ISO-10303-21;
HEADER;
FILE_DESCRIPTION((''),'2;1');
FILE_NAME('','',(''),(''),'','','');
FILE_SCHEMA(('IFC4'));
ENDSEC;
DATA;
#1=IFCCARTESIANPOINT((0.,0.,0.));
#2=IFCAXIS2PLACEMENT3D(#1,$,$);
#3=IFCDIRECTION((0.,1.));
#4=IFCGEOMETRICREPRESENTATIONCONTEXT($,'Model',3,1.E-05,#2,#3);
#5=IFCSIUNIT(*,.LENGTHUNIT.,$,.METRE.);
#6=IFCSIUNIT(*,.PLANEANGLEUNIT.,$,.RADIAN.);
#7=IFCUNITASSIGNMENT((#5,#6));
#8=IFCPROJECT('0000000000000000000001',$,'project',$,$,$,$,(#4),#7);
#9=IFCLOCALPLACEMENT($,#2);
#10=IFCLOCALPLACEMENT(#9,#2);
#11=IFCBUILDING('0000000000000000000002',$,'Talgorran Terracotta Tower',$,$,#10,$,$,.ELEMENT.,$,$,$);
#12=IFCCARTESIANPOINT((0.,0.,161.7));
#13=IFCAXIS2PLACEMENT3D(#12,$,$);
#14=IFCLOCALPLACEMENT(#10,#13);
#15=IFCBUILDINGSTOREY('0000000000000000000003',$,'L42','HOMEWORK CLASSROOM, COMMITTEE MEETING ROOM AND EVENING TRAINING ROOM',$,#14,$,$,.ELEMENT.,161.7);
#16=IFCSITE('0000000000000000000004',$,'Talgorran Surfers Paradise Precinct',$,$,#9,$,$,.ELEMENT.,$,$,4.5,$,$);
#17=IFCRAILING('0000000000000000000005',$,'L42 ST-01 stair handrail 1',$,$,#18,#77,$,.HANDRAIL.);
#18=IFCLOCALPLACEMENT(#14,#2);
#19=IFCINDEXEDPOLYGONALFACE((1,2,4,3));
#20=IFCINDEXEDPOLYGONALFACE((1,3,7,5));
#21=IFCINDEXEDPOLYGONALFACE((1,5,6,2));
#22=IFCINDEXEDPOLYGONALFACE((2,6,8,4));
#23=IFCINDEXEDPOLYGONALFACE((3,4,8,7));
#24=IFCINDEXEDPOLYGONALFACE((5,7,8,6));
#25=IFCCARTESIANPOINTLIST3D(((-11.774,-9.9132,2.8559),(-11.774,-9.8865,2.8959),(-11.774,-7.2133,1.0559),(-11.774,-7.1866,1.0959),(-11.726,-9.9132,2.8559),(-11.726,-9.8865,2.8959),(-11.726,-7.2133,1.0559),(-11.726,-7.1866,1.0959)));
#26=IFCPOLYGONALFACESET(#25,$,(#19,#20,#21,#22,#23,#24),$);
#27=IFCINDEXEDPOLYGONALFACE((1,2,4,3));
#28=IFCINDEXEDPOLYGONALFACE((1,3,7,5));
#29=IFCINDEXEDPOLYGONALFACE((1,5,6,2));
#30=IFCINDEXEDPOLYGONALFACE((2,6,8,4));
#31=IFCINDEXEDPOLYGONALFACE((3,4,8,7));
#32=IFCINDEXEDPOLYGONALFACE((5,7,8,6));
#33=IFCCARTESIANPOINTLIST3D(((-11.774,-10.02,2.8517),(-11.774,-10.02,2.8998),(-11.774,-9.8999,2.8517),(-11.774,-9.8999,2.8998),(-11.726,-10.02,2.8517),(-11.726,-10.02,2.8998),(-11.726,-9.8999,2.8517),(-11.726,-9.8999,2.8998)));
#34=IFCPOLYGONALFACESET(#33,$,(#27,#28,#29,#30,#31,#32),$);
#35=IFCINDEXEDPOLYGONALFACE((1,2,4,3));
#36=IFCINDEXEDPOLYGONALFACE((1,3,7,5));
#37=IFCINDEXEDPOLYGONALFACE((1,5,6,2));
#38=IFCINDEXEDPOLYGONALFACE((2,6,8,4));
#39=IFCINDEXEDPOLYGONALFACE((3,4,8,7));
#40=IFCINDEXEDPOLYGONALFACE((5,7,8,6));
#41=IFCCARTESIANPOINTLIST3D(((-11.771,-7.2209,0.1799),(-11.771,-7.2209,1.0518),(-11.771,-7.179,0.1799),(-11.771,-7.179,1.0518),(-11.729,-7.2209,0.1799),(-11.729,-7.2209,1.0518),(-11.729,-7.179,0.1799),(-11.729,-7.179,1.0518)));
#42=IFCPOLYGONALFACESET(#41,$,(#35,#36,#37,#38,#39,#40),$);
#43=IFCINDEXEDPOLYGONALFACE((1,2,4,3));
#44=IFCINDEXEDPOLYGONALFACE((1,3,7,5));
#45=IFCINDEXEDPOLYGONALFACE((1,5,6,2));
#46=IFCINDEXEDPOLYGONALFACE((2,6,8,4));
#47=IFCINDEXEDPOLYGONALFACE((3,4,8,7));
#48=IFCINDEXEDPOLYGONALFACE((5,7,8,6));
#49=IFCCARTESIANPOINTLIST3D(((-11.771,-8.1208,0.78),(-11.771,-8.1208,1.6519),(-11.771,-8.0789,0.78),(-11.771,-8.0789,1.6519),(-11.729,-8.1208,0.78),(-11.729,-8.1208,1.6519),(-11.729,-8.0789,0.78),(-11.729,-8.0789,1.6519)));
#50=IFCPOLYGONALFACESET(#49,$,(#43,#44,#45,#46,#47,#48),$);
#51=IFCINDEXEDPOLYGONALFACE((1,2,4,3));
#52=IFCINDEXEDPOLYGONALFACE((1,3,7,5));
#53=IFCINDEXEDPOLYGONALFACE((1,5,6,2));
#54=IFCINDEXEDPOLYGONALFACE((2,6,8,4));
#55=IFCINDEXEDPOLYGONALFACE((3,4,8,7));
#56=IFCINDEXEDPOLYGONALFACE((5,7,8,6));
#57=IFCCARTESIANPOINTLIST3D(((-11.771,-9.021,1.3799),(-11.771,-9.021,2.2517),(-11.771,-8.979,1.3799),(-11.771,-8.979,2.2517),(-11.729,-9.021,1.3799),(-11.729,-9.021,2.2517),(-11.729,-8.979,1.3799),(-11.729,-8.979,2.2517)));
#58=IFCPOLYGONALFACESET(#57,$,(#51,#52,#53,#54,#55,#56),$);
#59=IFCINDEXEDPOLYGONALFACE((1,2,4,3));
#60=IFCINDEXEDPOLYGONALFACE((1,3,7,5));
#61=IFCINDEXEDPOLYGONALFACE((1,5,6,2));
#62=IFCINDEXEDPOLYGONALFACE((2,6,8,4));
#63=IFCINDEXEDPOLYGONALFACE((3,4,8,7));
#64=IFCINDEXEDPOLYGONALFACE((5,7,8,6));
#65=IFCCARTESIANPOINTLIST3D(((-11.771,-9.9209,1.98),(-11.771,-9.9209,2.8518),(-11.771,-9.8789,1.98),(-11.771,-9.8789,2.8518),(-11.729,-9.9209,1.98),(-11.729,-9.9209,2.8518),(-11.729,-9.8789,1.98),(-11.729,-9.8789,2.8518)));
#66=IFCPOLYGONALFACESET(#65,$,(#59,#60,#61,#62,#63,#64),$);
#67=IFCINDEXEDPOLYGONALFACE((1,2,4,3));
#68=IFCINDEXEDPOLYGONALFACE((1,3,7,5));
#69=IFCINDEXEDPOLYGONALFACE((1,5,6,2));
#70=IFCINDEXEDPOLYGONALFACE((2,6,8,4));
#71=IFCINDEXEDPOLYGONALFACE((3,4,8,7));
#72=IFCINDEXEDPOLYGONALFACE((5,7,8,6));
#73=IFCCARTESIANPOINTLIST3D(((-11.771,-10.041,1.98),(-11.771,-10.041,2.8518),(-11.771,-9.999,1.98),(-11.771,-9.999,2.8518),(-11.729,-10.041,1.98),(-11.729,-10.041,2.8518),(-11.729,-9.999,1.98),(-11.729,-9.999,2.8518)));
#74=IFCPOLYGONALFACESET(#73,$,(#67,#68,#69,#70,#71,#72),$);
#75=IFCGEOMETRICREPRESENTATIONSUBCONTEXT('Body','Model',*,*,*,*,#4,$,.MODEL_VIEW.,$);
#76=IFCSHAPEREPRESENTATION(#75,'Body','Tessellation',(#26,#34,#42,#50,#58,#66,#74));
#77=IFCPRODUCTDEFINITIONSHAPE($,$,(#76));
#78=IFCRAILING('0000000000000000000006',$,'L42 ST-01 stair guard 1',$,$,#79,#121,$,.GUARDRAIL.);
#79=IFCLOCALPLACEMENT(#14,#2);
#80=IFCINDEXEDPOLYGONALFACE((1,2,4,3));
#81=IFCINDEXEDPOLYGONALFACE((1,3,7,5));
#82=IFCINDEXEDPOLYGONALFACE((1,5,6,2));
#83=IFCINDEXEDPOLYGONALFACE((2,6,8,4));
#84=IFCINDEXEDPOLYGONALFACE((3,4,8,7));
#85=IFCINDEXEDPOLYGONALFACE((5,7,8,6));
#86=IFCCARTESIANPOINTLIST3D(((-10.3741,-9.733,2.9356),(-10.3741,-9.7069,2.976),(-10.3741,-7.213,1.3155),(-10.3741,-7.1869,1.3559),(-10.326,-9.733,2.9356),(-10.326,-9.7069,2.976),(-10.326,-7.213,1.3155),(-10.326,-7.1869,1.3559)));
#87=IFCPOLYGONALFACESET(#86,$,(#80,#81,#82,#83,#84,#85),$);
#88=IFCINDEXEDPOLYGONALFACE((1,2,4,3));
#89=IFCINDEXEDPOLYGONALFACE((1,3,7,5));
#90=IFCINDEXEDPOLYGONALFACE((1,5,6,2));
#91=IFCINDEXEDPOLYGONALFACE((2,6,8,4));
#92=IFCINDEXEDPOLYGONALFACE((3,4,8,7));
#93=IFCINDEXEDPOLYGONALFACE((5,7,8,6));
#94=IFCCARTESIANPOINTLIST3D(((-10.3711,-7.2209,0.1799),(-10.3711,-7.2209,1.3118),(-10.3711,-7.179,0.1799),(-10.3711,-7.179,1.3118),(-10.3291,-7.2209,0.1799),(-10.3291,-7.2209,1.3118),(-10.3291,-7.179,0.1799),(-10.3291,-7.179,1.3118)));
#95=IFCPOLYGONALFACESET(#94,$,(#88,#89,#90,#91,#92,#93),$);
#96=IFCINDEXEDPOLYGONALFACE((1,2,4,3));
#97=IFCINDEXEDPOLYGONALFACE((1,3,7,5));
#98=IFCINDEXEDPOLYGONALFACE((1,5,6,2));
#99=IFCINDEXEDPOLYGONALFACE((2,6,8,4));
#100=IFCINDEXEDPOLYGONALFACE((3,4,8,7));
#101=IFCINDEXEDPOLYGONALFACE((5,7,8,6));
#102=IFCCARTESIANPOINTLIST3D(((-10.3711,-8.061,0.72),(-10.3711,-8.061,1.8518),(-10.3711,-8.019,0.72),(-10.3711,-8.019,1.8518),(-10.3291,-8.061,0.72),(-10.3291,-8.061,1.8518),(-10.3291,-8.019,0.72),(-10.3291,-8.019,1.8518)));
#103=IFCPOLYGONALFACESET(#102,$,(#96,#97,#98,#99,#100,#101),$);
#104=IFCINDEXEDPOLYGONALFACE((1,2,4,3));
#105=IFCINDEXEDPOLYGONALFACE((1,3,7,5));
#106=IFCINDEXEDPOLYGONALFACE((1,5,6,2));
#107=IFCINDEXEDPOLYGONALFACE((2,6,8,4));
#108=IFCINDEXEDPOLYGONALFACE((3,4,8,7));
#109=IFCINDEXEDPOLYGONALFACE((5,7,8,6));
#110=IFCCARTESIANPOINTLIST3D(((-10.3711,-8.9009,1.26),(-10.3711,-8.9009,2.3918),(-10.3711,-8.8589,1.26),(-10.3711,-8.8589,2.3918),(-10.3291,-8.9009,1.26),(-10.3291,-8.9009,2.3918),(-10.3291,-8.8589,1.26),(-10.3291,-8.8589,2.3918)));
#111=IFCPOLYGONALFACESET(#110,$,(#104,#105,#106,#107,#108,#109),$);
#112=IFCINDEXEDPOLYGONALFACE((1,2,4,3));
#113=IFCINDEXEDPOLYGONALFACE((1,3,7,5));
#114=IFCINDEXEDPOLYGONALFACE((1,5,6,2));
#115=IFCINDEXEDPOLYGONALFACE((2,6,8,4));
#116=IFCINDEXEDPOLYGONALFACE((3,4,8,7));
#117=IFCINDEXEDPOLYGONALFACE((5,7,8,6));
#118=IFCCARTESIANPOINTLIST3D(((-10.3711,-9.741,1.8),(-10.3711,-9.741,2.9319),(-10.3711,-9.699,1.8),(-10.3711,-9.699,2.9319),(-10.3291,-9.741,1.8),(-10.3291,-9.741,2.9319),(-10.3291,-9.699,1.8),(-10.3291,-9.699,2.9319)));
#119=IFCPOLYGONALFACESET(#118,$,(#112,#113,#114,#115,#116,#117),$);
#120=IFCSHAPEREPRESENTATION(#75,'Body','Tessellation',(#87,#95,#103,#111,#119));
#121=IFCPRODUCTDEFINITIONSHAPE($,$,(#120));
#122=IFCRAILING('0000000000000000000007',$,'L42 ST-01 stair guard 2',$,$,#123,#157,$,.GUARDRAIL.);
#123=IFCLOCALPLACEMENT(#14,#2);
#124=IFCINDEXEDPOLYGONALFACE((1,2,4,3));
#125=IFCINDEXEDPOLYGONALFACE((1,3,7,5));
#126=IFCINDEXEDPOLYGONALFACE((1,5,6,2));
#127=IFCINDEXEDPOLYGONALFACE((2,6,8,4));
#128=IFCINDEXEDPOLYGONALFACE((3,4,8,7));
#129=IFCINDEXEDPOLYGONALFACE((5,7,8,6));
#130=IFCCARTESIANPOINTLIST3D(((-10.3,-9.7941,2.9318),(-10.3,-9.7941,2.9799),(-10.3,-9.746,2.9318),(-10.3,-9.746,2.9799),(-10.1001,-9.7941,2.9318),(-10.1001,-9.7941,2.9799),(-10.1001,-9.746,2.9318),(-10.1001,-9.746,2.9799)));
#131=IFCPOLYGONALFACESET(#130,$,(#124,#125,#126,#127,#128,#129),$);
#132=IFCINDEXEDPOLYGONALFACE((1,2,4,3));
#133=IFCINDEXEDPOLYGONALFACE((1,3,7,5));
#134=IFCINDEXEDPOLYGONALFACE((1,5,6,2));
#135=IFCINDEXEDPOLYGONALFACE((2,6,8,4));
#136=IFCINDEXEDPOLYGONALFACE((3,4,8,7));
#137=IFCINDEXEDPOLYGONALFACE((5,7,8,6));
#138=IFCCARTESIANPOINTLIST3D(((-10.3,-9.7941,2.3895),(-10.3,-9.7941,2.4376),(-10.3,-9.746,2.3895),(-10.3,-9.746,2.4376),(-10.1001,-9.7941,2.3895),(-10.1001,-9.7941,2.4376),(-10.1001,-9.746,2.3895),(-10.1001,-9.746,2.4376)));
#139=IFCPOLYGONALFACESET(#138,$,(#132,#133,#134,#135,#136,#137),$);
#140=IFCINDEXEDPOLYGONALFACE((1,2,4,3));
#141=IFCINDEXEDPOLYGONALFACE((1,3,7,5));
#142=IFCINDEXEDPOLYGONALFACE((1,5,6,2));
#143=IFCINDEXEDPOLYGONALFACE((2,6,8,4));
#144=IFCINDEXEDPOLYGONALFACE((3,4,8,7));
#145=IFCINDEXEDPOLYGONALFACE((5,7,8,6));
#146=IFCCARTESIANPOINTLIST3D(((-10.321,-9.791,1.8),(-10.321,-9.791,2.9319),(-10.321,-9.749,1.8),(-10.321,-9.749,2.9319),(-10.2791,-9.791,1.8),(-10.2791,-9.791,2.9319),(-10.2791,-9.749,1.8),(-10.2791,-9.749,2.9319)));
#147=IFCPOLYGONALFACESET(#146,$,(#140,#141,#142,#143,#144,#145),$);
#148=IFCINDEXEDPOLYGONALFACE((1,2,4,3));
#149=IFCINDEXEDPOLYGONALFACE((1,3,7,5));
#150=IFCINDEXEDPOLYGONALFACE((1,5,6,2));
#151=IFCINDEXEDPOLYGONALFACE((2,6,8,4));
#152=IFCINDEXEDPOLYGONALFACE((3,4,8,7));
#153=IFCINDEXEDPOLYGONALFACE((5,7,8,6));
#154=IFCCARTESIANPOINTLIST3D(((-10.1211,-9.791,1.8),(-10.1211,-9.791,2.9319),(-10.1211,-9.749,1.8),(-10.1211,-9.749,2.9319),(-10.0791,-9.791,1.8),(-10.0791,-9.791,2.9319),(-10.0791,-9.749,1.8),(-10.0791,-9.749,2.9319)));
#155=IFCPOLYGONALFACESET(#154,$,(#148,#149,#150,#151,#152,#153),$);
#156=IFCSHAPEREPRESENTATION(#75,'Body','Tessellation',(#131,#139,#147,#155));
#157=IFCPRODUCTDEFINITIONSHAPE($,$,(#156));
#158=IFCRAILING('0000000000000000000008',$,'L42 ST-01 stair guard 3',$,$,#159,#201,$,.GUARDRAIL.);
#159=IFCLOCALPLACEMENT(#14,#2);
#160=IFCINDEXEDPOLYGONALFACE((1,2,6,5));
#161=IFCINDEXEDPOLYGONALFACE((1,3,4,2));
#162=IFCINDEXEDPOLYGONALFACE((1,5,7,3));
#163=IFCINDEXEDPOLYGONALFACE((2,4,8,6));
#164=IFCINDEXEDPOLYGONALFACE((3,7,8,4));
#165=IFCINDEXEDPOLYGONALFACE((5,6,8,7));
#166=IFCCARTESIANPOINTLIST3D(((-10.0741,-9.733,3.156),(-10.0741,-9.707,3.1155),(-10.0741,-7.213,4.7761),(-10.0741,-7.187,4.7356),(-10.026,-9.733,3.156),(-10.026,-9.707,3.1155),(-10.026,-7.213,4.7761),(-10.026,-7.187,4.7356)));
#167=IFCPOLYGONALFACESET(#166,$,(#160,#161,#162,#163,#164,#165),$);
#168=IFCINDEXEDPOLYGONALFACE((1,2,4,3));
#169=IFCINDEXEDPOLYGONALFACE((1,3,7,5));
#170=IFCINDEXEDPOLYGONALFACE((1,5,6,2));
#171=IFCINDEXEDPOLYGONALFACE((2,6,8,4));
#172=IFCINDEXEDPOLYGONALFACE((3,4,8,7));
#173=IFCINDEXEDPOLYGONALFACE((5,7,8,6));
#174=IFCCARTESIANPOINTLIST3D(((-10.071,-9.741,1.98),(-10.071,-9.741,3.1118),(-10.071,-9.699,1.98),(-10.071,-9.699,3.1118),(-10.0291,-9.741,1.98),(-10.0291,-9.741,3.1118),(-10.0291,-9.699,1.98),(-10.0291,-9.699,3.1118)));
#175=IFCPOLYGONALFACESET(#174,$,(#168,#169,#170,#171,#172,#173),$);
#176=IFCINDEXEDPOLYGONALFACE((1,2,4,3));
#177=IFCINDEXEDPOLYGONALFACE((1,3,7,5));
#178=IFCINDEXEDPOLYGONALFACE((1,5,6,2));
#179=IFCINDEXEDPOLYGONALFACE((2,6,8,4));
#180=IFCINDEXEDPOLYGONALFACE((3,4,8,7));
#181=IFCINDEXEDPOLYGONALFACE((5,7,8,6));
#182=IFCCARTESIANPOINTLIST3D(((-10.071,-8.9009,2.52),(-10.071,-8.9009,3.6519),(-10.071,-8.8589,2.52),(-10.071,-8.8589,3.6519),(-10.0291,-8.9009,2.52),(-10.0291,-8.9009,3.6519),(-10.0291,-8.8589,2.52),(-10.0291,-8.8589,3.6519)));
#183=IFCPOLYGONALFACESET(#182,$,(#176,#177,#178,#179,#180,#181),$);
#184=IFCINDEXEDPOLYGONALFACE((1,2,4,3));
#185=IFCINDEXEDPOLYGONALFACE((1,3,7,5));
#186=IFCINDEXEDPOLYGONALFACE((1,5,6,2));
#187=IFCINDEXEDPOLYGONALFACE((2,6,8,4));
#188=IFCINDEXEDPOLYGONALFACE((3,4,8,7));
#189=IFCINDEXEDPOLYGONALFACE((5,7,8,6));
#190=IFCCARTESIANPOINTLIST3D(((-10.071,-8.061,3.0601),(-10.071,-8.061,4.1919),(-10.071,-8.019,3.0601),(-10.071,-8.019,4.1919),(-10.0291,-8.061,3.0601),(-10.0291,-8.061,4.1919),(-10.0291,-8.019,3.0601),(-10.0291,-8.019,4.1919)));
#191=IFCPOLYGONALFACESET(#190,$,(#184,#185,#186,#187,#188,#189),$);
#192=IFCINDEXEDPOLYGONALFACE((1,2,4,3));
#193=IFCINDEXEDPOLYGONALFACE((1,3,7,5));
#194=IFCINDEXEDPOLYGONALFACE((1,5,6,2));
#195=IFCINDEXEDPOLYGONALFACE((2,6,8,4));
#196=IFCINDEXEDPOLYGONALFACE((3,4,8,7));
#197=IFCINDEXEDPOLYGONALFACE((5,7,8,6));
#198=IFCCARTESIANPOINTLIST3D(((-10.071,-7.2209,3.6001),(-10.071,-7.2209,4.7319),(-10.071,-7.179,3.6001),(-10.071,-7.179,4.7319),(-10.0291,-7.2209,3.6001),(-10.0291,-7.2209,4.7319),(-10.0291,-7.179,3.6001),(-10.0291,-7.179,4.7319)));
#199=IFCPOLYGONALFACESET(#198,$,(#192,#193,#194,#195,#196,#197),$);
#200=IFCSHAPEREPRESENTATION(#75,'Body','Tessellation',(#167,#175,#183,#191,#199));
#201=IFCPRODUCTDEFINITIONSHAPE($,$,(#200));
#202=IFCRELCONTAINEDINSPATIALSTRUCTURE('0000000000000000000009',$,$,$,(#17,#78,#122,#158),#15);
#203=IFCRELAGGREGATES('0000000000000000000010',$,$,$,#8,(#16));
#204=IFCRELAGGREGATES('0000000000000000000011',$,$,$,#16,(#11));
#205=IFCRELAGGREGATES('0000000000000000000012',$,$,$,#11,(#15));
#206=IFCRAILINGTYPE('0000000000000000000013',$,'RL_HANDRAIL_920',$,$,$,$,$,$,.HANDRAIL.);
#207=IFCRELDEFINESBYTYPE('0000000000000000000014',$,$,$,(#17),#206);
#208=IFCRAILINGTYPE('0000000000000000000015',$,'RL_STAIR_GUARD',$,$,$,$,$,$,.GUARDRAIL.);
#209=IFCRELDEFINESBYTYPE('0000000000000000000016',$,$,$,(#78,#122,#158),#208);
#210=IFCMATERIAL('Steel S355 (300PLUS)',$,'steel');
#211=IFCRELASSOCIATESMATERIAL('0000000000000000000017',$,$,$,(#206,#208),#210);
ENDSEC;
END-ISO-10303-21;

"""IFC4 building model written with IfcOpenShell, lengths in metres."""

from ifc_helpers import new_model, si_unit, direction, frame, origin, origin_2d, place, context, subcontext, project, spatial, rectangle, extrude, material, type_object, element, save


model = new_model("IFC4")

# Units and contexts
model_context = context("Model", 3, precision=1e-05, world=origin(), true_north=direction((0.0, 1.0)))
body_context = subcontext(model_context, "Body", "Model", "MODEL_VIEW")
ifc_project = project(units=[si_unit("LENGTHUNIT", "METRE"), si_unit("PLANEANGLEUNIT", "RADIAN")], contexts=[model_context])

# Site, building, storey
site_placement = place(None, origin())
site = spatial("IfcSite", under=ifc_project, at=site_placement, Name="Talgorran Surfers Paradise Precinct", CompositionType="ELEMENT", RefElevation=4.5)
building_placement = place(site_placement, origin())
building = spatial("IfcBuilding", under=site, at=building_placement, Name="Talgorran Terracotta Tower", CompositionType="ELEMENT")
storey_placement = place(building_placement, frame((0.0, 0.0, 161.7)))
storey = spatial("IfcBuildingStorey", under=building, at=storey_placement, Name="L42", Description="HOMEWORK CLASSROOM, COMMITTEE MEETING ROOM AND EVENING TRAINING ROOM", CompositionType="ELEMENT", Elevation=161.7)

# Shared definitions
ifc_material_1 = material(Name="Steel S355 (300PLUS)", Category="steel")

# Railings
railing_type_1 = type_object("IfcRailingType", Name="RL_HANDRAIL_920", PredefinedType="HANDRAIL", material=ifc_material_1)
railing_1_placement = place(storey_placement, frame((-11.75, -7.2, 0.1799)))
element("IfcRailing", 1, at=railing_1_placement, inside=storey, type_object=railing_type_1, Name="L42 ST-01 stair handrail 1", PredefinedType="HANDRAIL", context=body_context, shape_type="SweptSolid", body=[
    extrude(rectangle(XDim=0.0481, YDim=0.0481, at=origin_2d()), frame((0.0, 0.0, 0.896), z_axis=(0.0, -0.832039, 0.554718), x_axis=(1.0, 0.0, 0.0)), (0.0, 0.0, 1.0), 3.2449),
    extrude(rectangle(XDim=0.0481, YDim=0.0481, at=origin_2d()), frame((0.0, -2.7, 2.6958), z_axis=(0.0, -1.0, 0.0), x_axis=(1.0, 0.0, 0.0)), (0.0, 0.0, 1.0), 0.1201),
    extrude(rectangle(XDim=0.042, YDim=0.042, at=origin_2d()), origin(), (0.0, 0.0, 1.0), 0.8718),
    extrude(rectangle(XDim=0.042, YDim=0.042, at=origin_2d()), frame((0.0, -0.8999, 0.6001)), (0.0, 0.0, 1.0), 0.8718),
    extrude(rectangle(XDim=0.042, YDim=0.042, at=origin_2d()), frame((0.0, -1.8, 1.2)), (0.0, 0.0, 1.0), 0.8718),
    extrude(rectangle(XDim=0.042, YDim=0.042, at=origin_2d()), frame((0.0, -2.7, 1.8)), (0.0, 0.0, 1.0), 0.8718),
    extrude(rectangle(XDim=0.042, YDim=0.042, at=origin_2d()), frame((0.0, -2.8201, 1.8)), (0.0, 0.0, 1.0), 0.8718),
])
railing_type_2 = type_object("IfcRailingType", Name="RL_STAIR_GUARD", PredefinedType="GUARDRAIL", material=ifc_material_1)
railing_2_placement = place(storey_placement, frame((-10.3501, -7.2, 0.1799)))
element("IfcRailing", 2, at=railing_2_placement, inside=storey, type_object=railing_type_2, Name="L42 ST-01 stair guard 1", PredefinedType="GUARDRAIL", context=body_context, shape_type="SweptSolid", body=[
    extrude(rectangle(XDim=0.0481, YDim=0.0481, at=origin_2d()), frame((0.0, 0.0, 1.1558), z_axis=(0.0, -0.841163, 0.540782), x_axis=(1.0, 0.0, 0.0)), (0.0, 0.0, 1.0), 2.9958),
    extrude(rectangle(XDim=0.042, YDim=0.042, at=origin_2d()), origin(), (0.0, 0.0, 1.0), 1.1318),
    extrude(rectangle(XDim=0.042, YDim=0.042, at=origin_2d()), frame((0.0, -0.8401, 0.54)), (0.0, 0.0, 1.0), 1.1318),
    extrude(rectangle(XDim=0.042, YDim=0.042, at=origin_2d()), frame((0.0, -1.6799, 1.0801)), (0.0, 0.0, 1.0), 1.1318),
    extrude(rectangle(XDim=0.042, YDim=0.042, at=origin_2d()), frame((0.0, -2.52, 1.6201)), (0.0, 0.0, 1.0), 1.1318),
])
railing_3_placement = place(storey_placement, frame((-10.3, -9.77, 1.8)))
element("IfcRailing", 3, at=railing_3_placement, inside=storey, type_object=railing_type_2, Name="L42 ST-01 stair guard 2", PredefinedType="GUARDRAIL", context=body_context, shape_type="SweptSolid", body=[
    extrude(rectangle(XDim=0.0481, YDim=0.0481, at=origin_2d()), frame((0.0, 0.0, 1.1558), z_axis=(1.0, 0.0, 0.0), x_axis=(0.0, 1.0, 0.0)), (0.0, 0.0, 1.0), 0.2),
    extrude(rectangle(XDim=0.0481, YDim=0.0481, at=origin_2d()), frame((0.0, 0.0, 0.6135), z_axis=(1.0, 0.0, 0.0), x_axis=(0.0, 1.0, 0.0)), (0.0, 0.0, 1.0), 0.2),
    extrude(rectangle(XDim=0.042, YDim=0.042, at=origin_2d()), origin(), (0.0, 0.0, 1.0), 1.1318),
    extrude(rectangle(XDim=0.042, YDim=0.042, at=origin_2d()), frame((0.2, 0.0, 0.0)), (0.0, 0.0, 1.0), 1.1318),
])
railing_4_placement = place(storey_placement, frame((-10.05, -9.72, 1.98)))
element("IfcRailing", 4, at=railing_4_placement, inside=storey, type_object=railing_type_2, Name="L42 ST-01 stair guard 3", PredefinedType="GUARDRAIL", context=body_context, shape_type="SweptSolid", body=[
    extrude(rectangle(XDim=0.0481, YDim=0.0481, at=origin_2d()), frame((0.0, 0.0, 1.1558), z_axis=(0.0, 0.841163, 0.540782), x_axis=(-1.0, 0.0, 0.0)), (0.0, 0.0, 1.0), 2.9958),
    extrude(rectangle(XDim=0.042, YDim=0.042, at=origin_2d()), origin(), (0.0, 0.0, 1.0), 1.1318),
    extrude(rectangle(XDim=0.042, YDim=0.042, at=origin_2d()), frame((0.0, 0.8401, 0.54)), (0.0, 0.0, 1.0), 1.1318),
    extrude(rectangle(XDim=0.042, YDim=0.042, at=origin_2d()), frame((0.0, 1.6799, 1.0801)), (0.0, 0.0, 1.0), 1.1318),
    extrude(rectangle(XDim=0.042, YDim=0.042, at=origin_2d()), frame((0.0, 2.52, 1.6201)), (0.0, 0.0, 1.0), 1.1318),
])

save(model, "model.ifc")
